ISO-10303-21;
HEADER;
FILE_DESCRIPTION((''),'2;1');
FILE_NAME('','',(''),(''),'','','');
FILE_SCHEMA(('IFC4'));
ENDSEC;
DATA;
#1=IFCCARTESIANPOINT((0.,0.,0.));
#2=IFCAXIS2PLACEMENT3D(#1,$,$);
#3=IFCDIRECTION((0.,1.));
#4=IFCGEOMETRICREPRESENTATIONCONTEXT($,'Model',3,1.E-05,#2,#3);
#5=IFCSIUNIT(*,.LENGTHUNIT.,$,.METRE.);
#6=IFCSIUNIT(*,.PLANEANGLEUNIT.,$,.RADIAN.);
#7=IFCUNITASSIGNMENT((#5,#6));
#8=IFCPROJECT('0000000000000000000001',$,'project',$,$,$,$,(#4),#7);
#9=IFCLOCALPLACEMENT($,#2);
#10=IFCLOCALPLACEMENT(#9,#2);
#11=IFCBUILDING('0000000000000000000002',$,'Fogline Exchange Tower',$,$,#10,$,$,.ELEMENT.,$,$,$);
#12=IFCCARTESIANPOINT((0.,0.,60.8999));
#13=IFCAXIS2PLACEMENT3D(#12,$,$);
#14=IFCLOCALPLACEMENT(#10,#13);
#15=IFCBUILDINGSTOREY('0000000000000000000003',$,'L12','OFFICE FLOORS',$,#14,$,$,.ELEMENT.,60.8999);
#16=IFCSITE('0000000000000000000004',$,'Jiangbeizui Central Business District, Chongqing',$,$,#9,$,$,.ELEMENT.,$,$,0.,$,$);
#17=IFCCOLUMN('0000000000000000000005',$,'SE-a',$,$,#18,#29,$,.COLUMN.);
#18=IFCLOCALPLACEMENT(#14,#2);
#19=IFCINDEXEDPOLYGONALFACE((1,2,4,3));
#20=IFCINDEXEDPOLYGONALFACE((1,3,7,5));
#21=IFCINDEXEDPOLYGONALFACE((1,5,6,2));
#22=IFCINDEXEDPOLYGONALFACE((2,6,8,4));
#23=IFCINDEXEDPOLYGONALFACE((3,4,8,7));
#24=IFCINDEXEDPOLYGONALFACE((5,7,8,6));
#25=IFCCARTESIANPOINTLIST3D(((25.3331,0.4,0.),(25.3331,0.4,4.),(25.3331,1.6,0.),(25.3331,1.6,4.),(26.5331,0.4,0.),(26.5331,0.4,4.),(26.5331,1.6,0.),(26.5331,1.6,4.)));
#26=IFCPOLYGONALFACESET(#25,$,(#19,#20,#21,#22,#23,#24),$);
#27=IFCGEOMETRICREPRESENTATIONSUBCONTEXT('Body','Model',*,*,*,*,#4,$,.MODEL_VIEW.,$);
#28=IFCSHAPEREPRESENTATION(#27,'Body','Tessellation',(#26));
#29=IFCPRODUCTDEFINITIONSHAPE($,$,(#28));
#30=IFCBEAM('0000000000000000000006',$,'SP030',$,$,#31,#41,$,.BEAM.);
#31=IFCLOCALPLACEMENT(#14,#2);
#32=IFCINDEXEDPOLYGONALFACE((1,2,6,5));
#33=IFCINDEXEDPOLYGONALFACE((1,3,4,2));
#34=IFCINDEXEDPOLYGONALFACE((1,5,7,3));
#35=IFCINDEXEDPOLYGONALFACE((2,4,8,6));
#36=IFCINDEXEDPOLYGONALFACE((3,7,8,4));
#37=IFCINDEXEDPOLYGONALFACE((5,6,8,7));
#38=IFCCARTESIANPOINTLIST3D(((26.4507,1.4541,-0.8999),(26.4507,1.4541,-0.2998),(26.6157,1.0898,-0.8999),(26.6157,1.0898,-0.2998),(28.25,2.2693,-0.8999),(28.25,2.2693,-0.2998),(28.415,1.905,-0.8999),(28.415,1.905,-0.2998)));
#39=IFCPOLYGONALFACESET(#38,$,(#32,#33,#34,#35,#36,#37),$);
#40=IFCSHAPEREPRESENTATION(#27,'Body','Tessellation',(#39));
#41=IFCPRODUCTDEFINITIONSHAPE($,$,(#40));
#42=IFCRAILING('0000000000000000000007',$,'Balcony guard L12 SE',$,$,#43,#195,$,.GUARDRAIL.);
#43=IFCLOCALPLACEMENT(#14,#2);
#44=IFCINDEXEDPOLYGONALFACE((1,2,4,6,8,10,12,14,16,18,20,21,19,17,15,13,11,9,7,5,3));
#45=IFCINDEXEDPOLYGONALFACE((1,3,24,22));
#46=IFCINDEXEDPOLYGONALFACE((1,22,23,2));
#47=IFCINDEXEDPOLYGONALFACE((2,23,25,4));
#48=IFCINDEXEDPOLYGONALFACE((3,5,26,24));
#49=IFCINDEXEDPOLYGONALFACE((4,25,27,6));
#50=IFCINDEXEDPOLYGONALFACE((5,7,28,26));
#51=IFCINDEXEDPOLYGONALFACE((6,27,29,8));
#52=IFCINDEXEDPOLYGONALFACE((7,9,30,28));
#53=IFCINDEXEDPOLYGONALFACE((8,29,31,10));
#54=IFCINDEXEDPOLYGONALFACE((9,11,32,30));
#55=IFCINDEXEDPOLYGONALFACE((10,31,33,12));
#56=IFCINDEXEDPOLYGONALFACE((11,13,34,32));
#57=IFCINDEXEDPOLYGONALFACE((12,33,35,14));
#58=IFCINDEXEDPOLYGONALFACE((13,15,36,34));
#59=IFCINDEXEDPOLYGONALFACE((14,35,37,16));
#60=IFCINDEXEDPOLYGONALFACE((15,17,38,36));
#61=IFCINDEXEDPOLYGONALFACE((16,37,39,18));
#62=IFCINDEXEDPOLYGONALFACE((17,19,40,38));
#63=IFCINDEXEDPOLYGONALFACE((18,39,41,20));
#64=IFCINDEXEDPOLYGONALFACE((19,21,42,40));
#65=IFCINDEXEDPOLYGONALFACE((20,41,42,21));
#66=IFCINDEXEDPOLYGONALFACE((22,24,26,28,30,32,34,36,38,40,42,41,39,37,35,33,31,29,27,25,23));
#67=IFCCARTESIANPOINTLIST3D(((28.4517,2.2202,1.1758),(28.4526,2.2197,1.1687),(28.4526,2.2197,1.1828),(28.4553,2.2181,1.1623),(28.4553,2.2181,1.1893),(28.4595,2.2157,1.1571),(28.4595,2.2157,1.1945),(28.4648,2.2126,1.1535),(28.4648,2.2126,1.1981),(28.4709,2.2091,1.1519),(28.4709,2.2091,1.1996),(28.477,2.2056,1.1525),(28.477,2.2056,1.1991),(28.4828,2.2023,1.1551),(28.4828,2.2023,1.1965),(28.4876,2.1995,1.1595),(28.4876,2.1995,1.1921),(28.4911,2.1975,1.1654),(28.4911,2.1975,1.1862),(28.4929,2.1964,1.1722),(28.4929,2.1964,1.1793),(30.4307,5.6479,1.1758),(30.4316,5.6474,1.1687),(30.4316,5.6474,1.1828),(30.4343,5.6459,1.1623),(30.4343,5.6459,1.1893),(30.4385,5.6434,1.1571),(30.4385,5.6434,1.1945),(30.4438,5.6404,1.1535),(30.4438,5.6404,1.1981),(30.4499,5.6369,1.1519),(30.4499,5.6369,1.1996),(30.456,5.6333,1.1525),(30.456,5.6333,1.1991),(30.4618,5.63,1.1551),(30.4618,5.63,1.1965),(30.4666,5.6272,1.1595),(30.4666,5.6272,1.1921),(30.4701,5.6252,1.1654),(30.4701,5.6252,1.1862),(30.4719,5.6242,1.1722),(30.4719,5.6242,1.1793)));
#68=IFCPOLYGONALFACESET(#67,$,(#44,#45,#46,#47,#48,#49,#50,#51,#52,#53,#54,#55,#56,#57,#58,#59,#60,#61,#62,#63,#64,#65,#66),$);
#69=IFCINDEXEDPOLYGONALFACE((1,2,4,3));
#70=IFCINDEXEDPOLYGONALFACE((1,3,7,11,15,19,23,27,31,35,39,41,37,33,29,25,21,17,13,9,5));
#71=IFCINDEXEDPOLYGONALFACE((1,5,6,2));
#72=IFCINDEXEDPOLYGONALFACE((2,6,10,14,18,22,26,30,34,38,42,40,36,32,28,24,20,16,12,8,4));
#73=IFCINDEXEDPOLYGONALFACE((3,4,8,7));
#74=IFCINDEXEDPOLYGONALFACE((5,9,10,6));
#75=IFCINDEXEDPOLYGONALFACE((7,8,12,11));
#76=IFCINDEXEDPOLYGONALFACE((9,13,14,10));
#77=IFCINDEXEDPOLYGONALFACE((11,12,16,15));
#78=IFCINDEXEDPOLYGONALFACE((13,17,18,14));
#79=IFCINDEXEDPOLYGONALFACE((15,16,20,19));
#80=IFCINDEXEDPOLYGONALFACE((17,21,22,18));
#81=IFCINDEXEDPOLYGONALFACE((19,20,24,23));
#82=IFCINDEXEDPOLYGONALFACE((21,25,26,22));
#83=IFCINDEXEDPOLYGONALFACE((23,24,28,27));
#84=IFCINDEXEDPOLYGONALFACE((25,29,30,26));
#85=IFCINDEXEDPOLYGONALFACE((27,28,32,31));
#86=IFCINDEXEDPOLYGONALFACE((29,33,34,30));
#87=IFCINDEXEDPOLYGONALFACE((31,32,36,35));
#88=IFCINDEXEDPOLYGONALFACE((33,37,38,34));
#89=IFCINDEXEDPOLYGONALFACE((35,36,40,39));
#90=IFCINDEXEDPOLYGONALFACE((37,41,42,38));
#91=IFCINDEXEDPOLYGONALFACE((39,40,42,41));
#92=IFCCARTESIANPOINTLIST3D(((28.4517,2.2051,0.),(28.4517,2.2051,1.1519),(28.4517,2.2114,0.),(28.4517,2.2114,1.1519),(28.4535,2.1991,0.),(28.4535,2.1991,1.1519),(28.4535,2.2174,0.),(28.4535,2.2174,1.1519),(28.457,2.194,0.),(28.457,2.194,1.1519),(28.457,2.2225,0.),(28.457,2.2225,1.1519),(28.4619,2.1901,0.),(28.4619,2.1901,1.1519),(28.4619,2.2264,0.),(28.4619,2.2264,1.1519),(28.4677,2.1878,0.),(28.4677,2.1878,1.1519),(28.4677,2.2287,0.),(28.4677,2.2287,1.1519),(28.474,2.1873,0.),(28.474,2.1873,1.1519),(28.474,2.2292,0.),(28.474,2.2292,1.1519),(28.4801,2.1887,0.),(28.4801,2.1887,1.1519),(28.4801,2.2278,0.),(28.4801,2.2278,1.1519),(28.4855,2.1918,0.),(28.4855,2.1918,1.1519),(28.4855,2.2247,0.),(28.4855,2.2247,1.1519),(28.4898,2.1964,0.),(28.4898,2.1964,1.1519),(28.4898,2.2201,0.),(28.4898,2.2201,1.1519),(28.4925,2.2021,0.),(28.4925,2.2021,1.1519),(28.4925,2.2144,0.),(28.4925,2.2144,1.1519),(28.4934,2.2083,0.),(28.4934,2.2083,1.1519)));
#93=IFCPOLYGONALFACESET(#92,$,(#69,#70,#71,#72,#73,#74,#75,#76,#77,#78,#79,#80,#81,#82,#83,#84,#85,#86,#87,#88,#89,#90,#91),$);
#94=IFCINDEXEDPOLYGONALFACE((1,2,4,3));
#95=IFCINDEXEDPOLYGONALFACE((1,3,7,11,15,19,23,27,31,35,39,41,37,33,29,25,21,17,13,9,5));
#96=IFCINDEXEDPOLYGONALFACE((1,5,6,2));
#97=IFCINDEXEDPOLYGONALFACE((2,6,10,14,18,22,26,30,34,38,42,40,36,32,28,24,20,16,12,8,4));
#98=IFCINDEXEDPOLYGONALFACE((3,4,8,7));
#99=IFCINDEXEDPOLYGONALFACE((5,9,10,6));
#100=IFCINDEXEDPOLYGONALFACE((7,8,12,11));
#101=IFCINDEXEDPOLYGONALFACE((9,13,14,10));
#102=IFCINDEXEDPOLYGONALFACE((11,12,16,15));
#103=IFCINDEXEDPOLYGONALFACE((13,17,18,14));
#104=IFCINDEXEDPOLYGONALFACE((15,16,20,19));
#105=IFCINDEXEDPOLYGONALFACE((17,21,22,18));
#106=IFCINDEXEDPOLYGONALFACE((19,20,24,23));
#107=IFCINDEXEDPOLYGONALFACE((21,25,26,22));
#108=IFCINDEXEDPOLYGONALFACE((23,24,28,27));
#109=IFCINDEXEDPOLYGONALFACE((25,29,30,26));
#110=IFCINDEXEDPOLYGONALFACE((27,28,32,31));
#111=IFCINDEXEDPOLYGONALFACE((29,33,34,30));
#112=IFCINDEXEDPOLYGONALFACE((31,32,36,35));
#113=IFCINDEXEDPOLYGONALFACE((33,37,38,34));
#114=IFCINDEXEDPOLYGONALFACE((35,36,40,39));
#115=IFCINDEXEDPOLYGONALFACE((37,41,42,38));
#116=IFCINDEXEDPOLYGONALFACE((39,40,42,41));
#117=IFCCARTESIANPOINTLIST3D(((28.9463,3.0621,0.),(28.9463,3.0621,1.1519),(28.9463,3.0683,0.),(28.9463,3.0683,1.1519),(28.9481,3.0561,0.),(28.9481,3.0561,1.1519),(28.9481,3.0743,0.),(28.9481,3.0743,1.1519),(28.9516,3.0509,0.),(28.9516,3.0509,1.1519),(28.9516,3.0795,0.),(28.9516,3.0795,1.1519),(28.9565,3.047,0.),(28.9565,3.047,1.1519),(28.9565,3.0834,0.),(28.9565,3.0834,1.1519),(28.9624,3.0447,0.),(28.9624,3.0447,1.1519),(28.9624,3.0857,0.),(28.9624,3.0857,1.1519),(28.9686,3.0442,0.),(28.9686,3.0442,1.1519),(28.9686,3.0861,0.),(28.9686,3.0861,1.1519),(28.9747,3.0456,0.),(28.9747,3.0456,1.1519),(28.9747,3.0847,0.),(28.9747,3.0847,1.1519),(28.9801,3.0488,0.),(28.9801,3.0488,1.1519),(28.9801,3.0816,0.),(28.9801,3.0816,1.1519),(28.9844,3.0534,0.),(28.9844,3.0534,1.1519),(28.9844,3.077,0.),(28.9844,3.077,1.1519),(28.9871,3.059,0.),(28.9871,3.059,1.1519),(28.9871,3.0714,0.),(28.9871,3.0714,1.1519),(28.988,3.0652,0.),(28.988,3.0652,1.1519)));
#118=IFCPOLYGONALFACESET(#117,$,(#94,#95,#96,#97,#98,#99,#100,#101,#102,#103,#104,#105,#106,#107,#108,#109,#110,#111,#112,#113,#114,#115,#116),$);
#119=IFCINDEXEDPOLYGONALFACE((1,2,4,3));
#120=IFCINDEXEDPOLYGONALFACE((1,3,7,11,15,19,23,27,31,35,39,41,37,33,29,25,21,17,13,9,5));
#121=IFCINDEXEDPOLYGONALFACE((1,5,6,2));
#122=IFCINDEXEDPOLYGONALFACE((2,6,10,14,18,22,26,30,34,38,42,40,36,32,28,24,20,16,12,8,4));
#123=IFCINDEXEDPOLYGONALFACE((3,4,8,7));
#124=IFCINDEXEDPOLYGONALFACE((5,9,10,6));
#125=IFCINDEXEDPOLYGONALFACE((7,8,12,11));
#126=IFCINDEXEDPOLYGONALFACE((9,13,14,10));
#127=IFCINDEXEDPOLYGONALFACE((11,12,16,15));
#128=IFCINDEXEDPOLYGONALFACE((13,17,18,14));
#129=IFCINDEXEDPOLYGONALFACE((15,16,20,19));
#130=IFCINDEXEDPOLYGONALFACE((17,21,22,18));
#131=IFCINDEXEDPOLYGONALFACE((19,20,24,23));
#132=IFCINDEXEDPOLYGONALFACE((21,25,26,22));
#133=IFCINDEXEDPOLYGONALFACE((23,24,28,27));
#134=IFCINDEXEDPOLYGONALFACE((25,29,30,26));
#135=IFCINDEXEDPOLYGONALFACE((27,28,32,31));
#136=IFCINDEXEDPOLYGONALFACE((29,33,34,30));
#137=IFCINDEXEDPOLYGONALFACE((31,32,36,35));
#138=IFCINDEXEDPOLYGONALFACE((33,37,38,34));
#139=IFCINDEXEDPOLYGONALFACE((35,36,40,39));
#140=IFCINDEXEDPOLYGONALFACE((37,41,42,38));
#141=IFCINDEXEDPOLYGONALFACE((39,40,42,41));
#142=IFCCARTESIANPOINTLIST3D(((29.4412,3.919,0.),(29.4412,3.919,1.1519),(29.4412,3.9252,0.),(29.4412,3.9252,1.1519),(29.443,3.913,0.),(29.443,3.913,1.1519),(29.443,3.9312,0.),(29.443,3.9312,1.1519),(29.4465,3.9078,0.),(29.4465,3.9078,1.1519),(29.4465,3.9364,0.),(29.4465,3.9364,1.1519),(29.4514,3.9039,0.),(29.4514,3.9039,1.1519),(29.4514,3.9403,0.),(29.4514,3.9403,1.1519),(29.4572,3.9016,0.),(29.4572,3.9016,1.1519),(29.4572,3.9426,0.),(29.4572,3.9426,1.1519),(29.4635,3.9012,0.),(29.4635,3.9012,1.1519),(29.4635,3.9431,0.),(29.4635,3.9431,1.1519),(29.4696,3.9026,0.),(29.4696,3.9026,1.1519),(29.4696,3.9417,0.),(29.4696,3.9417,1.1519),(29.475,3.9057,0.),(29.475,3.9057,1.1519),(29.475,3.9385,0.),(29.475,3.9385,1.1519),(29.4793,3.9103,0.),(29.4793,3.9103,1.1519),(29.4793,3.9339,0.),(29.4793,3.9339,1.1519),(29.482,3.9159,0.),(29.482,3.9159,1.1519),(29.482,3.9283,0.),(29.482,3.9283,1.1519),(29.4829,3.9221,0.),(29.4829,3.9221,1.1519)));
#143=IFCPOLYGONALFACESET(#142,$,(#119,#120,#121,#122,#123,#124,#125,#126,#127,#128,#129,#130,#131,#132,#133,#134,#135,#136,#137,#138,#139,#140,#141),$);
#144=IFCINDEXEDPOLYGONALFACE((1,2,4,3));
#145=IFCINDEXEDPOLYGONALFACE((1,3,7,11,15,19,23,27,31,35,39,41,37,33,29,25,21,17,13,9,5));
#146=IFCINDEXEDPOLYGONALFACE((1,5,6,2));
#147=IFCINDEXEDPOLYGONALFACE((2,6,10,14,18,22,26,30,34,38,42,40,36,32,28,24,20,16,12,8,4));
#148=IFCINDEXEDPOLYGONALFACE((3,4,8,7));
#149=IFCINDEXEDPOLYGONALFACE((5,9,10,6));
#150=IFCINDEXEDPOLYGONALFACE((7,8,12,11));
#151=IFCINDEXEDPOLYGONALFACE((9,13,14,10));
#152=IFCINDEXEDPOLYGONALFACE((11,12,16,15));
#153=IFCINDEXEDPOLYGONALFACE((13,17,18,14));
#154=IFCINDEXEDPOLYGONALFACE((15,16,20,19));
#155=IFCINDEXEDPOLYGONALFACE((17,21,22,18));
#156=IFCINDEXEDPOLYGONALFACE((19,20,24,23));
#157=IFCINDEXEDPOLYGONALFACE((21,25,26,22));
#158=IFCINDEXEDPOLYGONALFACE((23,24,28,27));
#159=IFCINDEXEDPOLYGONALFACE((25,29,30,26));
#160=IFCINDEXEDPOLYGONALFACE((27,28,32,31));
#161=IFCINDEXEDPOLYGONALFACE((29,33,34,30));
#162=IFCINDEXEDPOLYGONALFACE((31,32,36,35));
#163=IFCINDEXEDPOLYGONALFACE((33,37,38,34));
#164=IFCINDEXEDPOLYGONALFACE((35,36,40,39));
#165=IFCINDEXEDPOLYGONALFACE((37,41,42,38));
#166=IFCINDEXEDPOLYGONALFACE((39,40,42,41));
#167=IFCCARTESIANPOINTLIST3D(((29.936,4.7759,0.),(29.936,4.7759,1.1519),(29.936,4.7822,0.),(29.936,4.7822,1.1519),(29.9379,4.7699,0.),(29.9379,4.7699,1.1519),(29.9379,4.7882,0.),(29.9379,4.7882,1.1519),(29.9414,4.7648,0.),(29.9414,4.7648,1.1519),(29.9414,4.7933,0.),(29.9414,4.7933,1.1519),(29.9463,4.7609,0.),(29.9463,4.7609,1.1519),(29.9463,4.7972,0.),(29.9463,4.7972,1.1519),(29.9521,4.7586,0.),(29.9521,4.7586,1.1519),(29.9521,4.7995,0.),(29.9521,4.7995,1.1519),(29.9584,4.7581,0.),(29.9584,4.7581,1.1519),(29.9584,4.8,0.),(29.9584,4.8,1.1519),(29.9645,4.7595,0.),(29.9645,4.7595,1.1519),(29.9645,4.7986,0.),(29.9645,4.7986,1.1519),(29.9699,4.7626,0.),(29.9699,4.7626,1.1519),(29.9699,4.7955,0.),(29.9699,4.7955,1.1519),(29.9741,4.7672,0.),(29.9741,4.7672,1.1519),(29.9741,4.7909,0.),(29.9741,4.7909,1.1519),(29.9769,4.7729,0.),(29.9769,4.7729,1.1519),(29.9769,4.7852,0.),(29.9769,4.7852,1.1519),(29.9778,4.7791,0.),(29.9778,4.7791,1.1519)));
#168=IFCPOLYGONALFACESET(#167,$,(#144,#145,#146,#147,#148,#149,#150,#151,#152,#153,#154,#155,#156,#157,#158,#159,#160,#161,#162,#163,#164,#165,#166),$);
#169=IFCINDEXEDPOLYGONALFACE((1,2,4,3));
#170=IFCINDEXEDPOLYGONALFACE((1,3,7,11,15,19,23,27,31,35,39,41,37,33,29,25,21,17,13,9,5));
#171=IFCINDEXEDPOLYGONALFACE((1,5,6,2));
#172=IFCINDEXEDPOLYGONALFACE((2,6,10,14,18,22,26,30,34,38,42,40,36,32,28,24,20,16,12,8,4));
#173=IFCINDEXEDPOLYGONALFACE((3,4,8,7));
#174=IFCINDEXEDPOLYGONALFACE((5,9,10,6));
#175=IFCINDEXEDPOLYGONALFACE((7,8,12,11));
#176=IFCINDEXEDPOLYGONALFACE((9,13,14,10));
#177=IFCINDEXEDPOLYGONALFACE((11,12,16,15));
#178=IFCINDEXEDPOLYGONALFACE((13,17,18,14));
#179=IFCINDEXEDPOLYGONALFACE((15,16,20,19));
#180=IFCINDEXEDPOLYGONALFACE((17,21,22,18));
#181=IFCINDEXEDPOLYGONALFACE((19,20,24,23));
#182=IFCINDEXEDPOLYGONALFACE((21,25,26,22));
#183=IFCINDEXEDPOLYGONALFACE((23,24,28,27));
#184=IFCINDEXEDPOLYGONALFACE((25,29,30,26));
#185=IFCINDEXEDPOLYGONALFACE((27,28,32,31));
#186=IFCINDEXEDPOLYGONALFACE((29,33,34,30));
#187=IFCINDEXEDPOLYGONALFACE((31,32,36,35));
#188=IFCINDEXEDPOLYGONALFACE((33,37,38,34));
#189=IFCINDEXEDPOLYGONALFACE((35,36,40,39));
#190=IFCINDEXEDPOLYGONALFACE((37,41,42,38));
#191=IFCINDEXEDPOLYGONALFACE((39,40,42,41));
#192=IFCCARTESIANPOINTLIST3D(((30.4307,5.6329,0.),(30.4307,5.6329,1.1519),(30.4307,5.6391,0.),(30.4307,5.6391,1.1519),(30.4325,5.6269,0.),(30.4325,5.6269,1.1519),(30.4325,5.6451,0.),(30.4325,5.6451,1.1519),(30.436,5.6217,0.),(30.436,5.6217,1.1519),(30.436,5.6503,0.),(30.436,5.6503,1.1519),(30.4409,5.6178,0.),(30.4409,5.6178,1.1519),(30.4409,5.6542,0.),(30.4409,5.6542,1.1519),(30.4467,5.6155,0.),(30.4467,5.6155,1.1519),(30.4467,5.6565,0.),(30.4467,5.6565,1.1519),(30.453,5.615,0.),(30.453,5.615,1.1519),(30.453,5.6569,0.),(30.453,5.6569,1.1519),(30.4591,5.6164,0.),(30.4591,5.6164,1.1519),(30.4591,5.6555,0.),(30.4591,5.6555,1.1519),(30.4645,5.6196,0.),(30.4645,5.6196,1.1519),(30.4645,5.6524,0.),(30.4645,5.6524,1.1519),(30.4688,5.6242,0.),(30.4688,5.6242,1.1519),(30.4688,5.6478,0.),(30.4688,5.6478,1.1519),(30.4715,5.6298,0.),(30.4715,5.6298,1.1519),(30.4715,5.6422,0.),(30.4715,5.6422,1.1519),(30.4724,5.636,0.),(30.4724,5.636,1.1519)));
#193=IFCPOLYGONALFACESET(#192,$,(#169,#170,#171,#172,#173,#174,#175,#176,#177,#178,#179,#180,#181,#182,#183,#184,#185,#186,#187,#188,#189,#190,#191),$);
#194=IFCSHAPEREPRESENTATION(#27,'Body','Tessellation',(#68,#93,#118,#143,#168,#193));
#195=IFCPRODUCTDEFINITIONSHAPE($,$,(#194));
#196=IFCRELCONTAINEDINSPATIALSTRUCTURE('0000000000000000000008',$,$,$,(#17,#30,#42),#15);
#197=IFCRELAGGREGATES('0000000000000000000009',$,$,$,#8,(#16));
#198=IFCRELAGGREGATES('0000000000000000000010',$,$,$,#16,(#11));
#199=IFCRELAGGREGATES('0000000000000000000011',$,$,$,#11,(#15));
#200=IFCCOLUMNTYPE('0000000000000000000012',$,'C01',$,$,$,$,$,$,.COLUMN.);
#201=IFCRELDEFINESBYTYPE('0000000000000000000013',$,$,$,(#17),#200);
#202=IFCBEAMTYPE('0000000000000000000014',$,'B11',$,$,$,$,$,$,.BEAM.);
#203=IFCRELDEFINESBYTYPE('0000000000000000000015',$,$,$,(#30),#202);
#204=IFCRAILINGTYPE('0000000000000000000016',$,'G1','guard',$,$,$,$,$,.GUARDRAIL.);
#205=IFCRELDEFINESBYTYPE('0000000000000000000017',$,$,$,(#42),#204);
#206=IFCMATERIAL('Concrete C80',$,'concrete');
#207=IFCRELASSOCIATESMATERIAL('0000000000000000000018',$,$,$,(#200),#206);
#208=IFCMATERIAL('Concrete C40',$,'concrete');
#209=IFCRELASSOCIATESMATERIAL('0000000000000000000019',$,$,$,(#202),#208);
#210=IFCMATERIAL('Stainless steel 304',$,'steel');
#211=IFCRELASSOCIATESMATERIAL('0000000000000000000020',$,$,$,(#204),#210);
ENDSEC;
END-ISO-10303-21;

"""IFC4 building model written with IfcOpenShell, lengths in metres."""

from ifc_helpers import new_model, si_unit, direction, frame, origin, origin_2d, place, context, subcontext, project, spatial, rectangle, circle, extrude, material, material_profile, profile_set, type_object, element, save


model = new_model("IFC4")

# Units and contexts
model_context = context("Model", 3, precision=1e-05, world=origin(), true_north=direction((0.0, 1.0)))
body_context = subcontext(model_context, "Body", "Model", "MODEL_VIEW")
ifc_project = project(units=[si_unit("LENGTHUNIT", "METRE"), si_unit("PLANEANGLEUNIT", "RADIAN")], contexts=[model_context])

# Site, building, storey
site_placement = place(None, origin())
site = spatial("IfcSite", under=ifc_project, at=site_placement, Name="Jiangbeizui Central Business District, Chongqing", CompositionType="ELEMENT", RefElevation=0.0)
building_placement = place(site_placement, origin())
building = spatial("IfcBuilding", under=site, at=building_placement, Name="Fogline Exchange Tower", CompositionType="ELEMENT")
storey_placement = place(building_placement, frame((0.0, 0.0, 60.8999)))
storey = spatial("IfcBuildingStorey", under=building, at=storey_placement, Name="L12", Description="OFFICE FLOORS", CompositionType="ELEMENT", Elevation=60.8999)

# Column
ifc_material_1 = material(Name="Concrete C80", Category="concrete")
ifc_material_profile_1 = material_profile(ifc_material_1, rectangle(XDim=1.2, YDim=1.2, at=origin_2d()), Name="RC 1200x1200")
ifc_profile_set_1 = profile_set([ifc_material_profile_1], Name="Concrete C80")
column_type = type_object("IfcColumnType", Name="C01", PredefinedType="COLUMN", material=ifc_profile_set_1)
column_placement = place(storey_placement, frame((25.9331, 1.0, 0.0), z_axis=(0.0, 0.0, 1.0), x_axis=(1.0, 0.0, 0.0)))
element("IfcColumn", 1, at=column_placement, inside=storey, type_object=column_type, Name="SE-a", PredefinedType="COLUMN", context=body_context, shape_type="SweptSolid", body=[
    extrude(rectangle(XDim=1.2, YDim=1.2, at=origin_2d()), origin(), (0.0, 0.0, 1.0), 4.0),
])

# Beam
ifc_material_2 = material(Name="Concrete C40", Category="concrete")
ifc_material_profile_2 = material_profile(ifc_material_2, rectangle(XDim=0.3999, YDim=0.6001, at=origin_2d()), Name="RC 400x600")
ifc_profile_set_2 = profile_set([ifc_material_profile_2], Name="Concrete C40")
beam_type = type_object("IfcBeamType", Name="B11", PredefinedType="BEAM", material=ifc_profile_set_2)
beam_placement = place(storey_placement, frame((26.5332, 1.272, -0.5999), z_axis=(0.910878, 0.412676, 0.0), x_axis=(-0.412676, 0.910878, 0.0)))
element("IfcBeam", 2, at=beam_placement, inside=storey, type_object=beam_type, Name="SP030", PredefinedType="BEAM", context=body_context, shape_type="SweptSolid", body=[
    extrude(rectangle(XDim=0.3999, YDim=0.6001, at=origin_2d()), origin(), (0.0, 0.0, 1.0), 1.9753),
])

# Railing
ifc_material_3 = material(Name="Stainless steel 304", Category="steel")
railing_type = type_object("IfcRailingType", Name="G1", Description="guard", PredefinedType="GUARDRAIL", material=ifc_material_3)
railing_placement = place(storey_placement, frame((28.4724, 2.2083, 0.0)))
element("IfcRailing", 3, at=railing_placement, inside=storey, type_object=railing_type, Name="Balcony guard L12 SE", PredefinedType="GUARDRAIL", context=body_context, shape_type="SweptSolid", body=[
    extrude(circle(Radius=0.0239, at=origin_2d()), frame((0.0, 0.0, 1.1758), z_axis=(0.5, 0.866025, 0.0), x_axis=(-0.866025, 0.5, 0.0)), (0.0, 0.0, 1.0), 3.958),
    extrude(circle(Radius=0.021, at=origin_2d()), origin(), (0.0, 0.0, 1.0), 1.1519),
    extrude(circle(Radius=0.021, at=origin_2d()), frame((0.4946, 0.8569, 0.0)), (0.0, 0.0, 1.0), 1.1519),
    extrude(circle(Radius=0.021, at=origin_2d()), frame((0.9895, 1.7139, 0.0)), (0.0, 0.0, 1.0), 1.1519),
    extrude(circle(Radius=0.021, at=origin_2d()), frame((1.4844, 2.5708, 0.0)), (0.0, 0.0, 1.0), 1.1519),
    extrude(circle(Radius=0.021, at=origin_2d()), frame((1.979, 3.4277, 0.0)), (0.0, 0.0, 1.0), 1.1519),
])

save(model, "model.ifc")
